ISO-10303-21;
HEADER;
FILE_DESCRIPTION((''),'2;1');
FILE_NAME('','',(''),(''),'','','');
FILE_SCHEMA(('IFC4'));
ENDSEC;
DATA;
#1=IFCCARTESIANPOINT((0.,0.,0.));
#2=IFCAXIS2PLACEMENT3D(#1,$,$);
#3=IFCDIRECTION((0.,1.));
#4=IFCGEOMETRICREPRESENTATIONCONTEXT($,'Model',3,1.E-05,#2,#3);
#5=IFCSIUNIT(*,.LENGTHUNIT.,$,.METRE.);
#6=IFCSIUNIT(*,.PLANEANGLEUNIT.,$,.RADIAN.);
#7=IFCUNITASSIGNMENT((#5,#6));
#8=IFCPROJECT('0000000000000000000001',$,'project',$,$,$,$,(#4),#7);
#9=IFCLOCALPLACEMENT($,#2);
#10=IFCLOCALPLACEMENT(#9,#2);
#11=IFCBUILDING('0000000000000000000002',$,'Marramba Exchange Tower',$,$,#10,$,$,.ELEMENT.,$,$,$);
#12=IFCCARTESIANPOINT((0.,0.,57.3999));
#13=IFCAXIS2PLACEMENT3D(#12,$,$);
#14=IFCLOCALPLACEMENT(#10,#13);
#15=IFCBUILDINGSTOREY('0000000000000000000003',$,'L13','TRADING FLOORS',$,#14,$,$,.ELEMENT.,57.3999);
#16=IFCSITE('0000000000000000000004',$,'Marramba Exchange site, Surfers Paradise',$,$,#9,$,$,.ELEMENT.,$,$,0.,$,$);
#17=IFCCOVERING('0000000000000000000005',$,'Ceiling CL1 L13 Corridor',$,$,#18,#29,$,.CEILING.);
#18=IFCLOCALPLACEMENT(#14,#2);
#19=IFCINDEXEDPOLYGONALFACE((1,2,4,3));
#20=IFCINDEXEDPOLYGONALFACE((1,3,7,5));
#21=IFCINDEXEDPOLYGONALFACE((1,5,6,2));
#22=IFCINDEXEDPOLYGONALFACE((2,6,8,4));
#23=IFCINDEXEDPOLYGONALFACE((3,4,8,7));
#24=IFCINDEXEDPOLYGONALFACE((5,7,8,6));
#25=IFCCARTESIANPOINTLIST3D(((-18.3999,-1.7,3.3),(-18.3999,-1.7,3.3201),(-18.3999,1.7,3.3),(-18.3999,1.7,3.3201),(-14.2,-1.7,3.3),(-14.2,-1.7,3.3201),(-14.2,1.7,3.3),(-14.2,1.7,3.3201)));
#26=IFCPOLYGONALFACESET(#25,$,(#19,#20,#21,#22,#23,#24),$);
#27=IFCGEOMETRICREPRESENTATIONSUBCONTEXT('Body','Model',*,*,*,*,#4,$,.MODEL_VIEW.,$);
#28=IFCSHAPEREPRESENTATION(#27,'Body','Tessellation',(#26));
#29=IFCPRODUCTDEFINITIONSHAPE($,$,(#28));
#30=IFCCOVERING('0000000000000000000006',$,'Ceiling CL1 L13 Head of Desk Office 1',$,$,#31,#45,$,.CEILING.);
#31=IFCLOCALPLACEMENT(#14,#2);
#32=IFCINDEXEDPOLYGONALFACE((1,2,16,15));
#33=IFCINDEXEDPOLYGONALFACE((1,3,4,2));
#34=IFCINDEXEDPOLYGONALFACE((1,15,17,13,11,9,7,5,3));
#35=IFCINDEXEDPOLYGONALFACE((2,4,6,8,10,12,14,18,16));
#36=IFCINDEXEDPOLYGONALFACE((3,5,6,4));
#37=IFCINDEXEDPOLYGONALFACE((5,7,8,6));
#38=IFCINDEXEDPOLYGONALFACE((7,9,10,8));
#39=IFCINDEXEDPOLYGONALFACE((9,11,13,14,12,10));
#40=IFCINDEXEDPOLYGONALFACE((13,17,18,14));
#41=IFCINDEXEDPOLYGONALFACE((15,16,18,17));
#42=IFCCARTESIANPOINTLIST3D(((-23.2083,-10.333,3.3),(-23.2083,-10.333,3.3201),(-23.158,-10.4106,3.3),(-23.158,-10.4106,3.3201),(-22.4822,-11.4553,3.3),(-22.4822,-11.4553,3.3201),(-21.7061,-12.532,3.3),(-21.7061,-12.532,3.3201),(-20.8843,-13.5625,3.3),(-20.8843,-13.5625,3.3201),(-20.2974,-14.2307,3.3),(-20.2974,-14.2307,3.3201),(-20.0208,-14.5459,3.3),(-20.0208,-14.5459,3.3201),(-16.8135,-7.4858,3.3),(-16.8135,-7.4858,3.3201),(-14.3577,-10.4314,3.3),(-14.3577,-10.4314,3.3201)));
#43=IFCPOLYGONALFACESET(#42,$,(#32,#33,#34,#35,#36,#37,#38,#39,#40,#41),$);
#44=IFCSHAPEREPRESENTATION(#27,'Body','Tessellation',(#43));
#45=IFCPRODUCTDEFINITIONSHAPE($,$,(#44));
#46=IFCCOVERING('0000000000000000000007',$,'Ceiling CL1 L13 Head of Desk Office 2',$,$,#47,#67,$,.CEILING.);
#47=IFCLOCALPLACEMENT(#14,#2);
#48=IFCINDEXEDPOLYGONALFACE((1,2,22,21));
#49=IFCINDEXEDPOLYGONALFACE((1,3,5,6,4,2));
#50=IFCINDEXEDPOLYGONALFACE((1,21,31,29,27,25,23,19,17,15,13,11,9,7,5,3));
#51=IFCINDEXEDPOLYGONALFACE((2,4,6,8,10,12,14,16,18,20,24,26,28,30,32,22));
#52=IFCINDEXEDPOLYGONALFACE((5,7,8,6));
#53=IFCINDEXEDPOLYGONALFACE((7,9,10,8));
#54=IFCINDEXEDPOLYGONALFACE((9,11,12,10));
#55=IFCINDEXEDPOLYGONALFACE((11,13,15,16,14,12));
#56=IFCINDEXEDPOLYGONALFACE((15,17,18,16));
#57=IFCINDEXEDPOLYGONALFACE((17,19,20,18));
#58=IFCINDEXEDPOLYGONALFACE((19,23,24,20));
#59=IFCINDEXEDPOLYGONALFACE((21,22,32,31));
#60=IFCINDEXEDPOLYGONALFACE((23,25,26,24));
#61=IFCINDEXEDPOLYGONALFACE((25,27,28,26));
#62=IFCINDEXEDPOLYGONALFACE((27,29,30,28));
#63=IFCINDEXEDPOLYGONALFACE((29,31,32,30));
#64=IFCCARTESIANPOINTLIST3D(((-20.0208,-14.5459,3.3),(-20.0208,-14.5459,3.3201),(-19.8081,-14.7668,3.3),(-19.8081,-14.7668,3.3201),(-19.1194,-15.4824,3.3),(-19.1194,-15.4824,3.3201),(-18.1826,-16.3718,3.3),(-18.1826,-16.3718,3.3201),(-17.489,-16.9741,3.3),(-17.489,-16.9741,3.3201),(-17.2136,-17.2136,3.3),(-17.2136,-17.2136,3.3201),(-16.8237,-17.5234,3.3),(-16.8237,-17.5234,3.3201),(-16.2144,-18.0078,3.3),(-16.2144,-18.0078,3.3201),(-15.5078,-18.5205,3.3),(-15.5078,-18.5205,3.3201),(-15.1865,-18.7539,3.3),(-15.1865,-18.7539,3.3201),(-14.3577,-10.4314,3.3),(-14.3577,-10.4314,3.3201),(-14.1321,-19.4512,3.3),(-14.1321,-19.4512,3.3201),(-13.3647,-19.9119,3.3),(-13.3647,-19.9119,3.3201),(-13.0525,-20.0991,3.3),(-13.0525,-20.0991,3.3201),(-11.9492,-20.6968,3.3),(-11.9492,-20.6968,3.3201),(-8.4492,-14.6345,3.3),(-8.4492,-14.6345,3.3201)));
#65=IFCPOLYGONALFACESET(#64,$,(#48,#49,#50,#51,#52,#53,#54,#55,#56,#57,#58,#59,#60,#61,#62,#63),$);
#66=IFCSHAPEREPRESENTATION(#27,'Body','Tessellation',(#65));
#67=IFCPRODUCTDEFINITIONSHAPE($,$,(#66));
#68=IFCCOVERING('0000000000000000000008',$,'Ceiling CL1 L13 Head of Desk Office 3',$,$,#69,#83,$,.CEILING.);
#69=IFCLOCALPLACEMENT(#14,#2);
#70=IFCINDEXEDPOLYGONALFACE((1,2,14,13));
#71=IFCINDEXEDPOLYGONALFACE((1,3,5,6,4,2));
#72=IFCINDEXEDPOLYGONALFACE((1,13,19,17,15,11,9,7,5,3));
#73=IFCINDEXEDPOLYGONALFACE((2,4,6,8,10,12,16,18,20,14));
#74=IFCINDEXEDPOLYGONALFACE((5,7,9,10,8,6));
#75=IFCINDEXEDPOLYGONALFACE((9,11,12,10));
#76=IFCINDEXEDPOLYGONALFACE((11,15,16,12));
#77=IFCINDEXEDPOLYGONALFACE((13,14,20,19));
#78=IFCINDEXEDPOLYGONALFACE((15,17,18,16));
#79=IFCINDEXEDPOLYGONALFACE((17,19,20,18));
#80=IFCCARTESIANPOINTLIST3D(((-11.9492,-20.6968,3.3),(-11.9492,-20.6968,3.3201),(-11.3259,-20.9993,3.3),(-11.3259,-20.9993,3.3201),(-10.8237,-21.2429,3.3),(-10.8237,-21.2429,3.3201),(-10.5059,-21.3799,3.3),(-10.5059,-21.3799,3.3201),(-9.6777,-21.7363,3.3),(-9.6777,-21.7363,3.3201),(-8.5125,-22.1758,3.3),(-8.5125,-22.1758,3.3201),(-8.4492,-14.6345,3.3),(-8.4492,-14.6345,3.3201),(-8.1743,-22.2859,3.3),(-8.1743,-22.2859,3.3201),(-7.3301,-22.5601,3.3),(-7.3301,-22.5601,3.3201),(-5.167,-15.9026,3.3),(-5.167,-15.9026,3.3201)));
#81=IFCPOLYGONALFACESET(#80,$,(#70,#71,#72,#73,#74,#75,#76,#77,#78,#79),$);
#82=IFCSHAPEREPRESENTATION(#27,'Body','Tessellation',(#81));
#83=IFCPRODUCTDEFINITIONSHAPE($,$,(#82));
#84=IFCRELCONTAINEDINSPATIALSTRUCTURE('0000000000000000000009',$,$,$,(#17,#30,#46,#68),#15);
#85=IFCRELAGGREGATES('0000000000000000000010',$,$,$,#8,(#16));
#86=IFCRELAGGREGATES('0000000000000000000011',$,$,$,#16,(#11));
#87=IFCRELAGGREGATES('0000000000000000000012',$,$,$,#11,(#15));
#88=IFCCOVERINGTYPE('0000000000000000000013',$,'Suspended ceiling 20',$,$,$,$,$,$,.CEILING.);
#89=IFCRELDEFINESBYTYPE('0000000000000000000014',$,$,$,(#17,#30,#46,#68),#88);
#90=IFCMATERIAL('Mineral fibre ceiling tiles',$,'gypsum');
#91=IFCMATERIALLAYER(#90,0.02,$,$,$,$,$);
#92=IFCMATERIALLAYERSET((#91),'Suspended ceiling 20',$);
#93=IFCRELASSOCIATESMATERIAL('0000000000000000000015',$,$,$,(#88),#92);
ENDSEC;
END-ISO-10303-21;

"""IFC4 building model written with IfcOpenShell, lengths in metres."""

from ifc_helpers import new_model, si_unit, direction, frame, origin, place, context, subcontext, project, spatial, polyline, outline, extrude, material, layer, layer_set, type_object, element, save


model = new_model("IFC4")

# Units and contexts
model_context = context("Model", 3, precision=1e-05, world=origin(), true_north=direction((0.0, 1.0)))
body_context = subcontext(model_context, "Body", "Model", "MODEL_VIEW")
ifc_project = project(units=[si_unit("LENGTHUNIT", "METRE"), si_unit("PLANEANGLEUNIT", "RADIAN")], contexts=[model_context])

# Site, building, storey
site_placement = place(None, origin())
site = spatial("IfcSite", under=ifc_project, at=site_placement, Name="Marramba Exchange site, Surfers Paradise", CompositionType="ELEMENT", RefElevation=0.0)
building_placement = place(site_placement, origin())
building = spatial("IfcBuilding", under=site, at=building_placement, Name="Marramba Exchange Tower", CompositionType="ELEMENT")
storey_placement = place(building_placement, frame((0.0, 0.0, 57.3999)))
storey = spatial("IfcBuildingStorey", under=building, at=storey_placement, Name="L13", Description="TRADING FLOORS", CompositionType="ELEMENT", Elevation=57.3999)

# Coverings
ifc_material_1 = material(Name="Mineral fibre ceiling tiles", Category="gypsum")
ifc_layer_1 = layer(ifc_material_1, 0.02)
ifc_layer_set_1 = layer_set([ifc_layer_1], Name="Suspended ceiling 20")
covering_type_1 = type_object("IfcCoveringType", Name="Suspended ceiling 20", PredefinedType="CEILING", material=ifc_layer_set_1)
covering_1_placement = place(storey_placement, frame((0.0, 0.0, 3.3)))
element("IfcCovering", 1, at=covering_1_placement, inside=storey, type_object=covering_type_1, Name="Ceiling CL1 L13 Corridor", PredefinedType="CEILING", context=body_context, shape_type="SweptSolid", body=[
    extrude(outline(polyline([(-18.3999, 1.7), (-14.2, 1.7), (-14.2, -1.7), (-18.3999, -1.7), (-18.3999, 1.7)])), origin(), (0.0, 0.0, 1.0), 0.02),
])
covering_2_placement = place(storey_placement, frame((0.0, 0.0, 3.3)))
element("IfcCovering", 2, at=covering_2_placement, inside=storey, type_object=covering_type_1, Name="Ceiling CL1 L13 Head of Desk Office 1", PredefinedType="CEILING", context=body_context, shape_type="SweptSolid", body=[
    extrude(outline(polyline([(-20.2974, -14.2307), (-20.8843, -13.5625), (-21.7061, -12.532), (-22.4822, -11.4553), (-23.158, -10.4106), (-23.2083, -10.333), (-16.8135, -7.4858), (-14.3577, -10.4314), (-20.0208, -14.5459), (-20.2974, -14.2307)])), origin(), (0.0, 0.0, 1.0), 0.02),
])
covering_3_placement = place(storey_placement, frame((0.0, 0.0, 3.3)))
element("IfcCovering", 3, at=covering_3_placement, inside=storey, type_object=covering_type_1, Name="Ceiling CL1 L13 Head of Desk Office 2", PredefinedType="CEILING", context=body_context, shape_type="SweptSolid", body=[
    extrude(outline(polyline([(-13.0525, -20.0991), (-13.3647, -19.9119), (-14.1321, -19.4512), (-15.1865, -18.7539), (-15.5078, -18.5205), (-16.2144, -18.0078), (-16.8237, -17.5234), (-17.2136, -17.2136), (-17.489, -16.9741), (-18.1826, -16.3718), (-19.1194, -15.4824), (-19.8081, -14.7668), (-20.0208, -14.5459), (-14.3577, -10.4314), (-8.4492, -14.6345), (-11.9492, -20.6968), (-13.0525, -20.0991)])), origin(), (0.0, 0.0, 1.0), 0.02),
])
covering_4_placement = place(storey_placement, frame((0.0, 0.0, 3.3)))
element("IfcCovering", 4, at=covering_4_placement, inside=storey, type_object=covering_type_1, Name="Ceiling CL1 L13 Head of Desk Office 3", PredefinedType="CEILING", context=body_context, shape_type="SweptSolid", body=[
    extrude(outline(polyline([(-8.1743, -22.2859), (-8.5125, -22.1758), (-9.6777, -21.7363), (-10.5059, -21.3799), (-10.8237, -21.2429), (-11.3259, -20.9993), (-11.9492, -20.6968), (-8.4492, -14.6345), (-5.167, -15.9026), (-7.3301, -22.5601), (-8.1743, -22.2859)])), origin(), (0.0, 0.0, 1.0), 0.02),
])

save(model, "model.ifc")
